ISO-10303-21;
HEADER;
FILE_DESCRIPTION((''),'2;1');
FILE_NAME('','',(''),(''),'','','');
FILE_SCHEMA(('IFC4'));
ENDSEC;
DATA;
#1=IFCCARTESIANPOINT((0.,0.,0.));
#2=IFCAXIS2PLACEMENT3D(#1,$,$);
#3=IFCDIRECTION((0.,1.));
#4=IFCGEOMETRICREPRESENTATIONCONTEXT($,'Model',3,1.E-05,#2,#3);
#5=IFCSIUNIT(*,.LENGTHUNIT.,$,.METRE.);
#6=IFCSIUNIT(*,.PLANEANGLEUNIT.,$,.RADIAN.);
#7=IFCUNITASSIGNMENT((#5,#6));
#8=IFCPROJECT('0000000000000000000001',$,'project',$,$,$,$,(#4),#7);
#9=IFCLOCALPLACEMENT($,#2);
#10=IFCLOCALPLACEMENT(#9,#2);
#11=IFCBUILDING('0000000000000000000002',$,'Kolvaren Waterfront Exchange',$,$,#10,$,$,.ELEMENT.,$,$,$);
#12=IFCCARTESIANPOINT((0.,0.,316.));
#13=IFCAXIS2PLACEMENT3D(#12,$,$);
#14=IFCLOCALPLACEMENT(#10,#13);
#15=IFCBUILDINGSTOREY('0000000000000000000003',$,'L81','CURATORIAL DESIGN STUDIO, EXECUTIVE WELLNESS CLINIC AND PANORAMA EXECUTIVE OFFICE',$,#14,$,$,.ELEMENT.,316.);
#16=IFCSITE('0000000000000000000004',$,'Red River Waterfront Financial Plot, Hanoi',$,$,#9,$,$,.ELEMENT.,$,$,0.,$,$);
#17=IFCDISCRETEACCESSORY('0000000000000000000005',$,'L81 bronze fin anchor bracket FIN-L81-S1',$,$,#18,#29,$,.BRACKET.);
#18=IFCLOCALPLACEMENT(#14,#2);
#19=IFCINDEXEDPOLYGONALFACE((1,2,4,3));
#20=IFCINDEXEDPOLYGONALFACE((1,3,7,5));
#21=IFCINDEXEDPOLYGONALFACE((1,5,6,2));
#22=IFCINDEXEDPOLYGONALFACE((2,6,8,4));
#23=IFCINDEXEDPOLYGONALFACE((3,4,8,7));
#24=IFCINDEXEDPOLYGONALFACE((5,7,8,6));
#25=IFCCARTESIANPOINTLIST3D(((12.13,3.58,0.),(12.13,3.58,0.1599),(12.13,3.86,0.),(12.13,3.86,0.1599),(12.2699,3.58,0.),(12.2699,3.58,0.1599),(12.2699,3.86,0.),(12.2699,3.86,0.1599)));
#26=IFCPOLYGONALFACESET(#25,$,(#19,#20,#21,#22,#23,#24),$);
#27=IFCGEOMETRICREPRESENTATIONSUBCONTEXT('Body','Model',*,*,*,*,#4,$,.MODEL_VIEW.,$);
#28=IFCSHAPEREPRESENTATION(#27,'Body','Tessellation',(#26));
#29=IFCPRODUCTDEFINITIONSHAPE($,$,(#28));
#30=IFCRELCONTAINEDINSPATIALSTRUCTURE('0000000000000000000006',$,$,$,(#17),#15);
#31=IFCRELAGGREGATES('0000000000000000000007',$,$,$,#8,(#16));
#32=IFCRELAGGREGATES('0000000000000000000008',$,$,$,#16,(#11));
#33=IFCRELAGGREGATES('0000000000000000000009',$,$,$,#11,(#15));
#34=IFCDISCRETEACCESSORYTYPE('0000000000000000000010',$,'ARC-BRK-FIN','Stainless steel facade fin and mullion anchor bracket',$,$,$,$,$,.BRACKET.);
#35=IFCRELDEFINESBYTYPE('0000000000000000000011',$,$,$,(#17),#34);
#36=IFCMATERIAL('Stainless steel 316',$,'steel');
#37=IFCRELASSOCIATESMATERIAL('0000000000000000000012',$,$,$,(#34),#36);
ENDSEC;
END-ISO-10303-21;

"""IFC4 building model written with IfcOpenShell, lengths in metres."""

from ifc_helpers import new_model, si_unit, direction, frame, origin, origin_with_axes, origin_2d, place, context, subcontext, project, spatial, rectangle, extrude, source, transform, mapped, material, type_object, element, save


model = new_model("IFC4")

# Units and contexts
model_context = context("Model", 3, precision=1e-05, world=origin(), true_north=direction((0.0, 1.0)))
body_context = subcontext(model_context, "Body", "Model", "MODEL_VIEW")
ifc_project = project(units=[si_unit("LENGTHUNIT", "METRE"), si_unit("PLANEANGLEUNIT", "RADIAN")], contexts=[model_context])

# Site, building, storey
site_placement = place(None, origin())
site = spatial("IfcSite", under=ifc_project, at=site_placement, Name="Red River Waterfront Financial Plot, Hanoi", CompositionType="ELEMENT", RefElevation=0.0)
building_placement = place(site_placement, origin())
building = spatial("IfcBuilding", under=site, at=building_placement, Name="Kolvaren Waterfront Exchange", CompositionType="ELEMENT")
storey_placement = place(building_placement, frame((0.0, 0.0, 316.0)))
storey = spatial("IfcBuildingStorey", under=building, at=storey_placement, Name="L81", Description="CURATORIAL DESIGN STUDIO, EXECUTIVE WELLNESS CLINIC AND PANORAMA EXECUTIVE OFFICE", CompositionType="ELEMENT", Elevation=316.0)

# Discrete accessory
ifc_material_1 = material(Name="Stainless steel 316", Category="steel")
discrete_accessory_type = type_object("IfcDiscreteAccessoryType", Name="ARC-BRK-FIN", Description="Stainless steel facade fin and mullion anchor bracket", PredefinedType="BRACKET", material=ifc_material_1)
shared_shape_1 = source(origin_with_axes(), body_context, "Body", "SweptSolid", [
    extrude(rectangle(XDim=0.28, YDim=0.1399, at=origin_2d()), origin(), (0.0, 0.0, 1.0), 0.1599),
])
discrete_accessory_placement = place(storey_placement, frame((12.2, 3.72, 0.0), z_axis=(0.0, 0.0, 1.0), x_axis=(0.0, -1.0, 0.0)))
element("IfcDiscreteAccessory", 1, at=discrete_accessory_placement, inside=storey, type_object=discrete_accessory_type, Name="L81 bronze fin anchor bracket FIN-L81-S1", PredefinedType="BRACKET", context=body_context, shape_type="MappedRepresentation", body=[
    mapped(shared_shape_1, transform((0.0, 0.0, 0.0), x_axis=(1.0, 0.0, 0.0), y_axis=(0.0, 1.0, 0.0), z_axis=(0.0, 0.0, 1.0), scale=1.0)),
])

save(model, "model.ifc")
